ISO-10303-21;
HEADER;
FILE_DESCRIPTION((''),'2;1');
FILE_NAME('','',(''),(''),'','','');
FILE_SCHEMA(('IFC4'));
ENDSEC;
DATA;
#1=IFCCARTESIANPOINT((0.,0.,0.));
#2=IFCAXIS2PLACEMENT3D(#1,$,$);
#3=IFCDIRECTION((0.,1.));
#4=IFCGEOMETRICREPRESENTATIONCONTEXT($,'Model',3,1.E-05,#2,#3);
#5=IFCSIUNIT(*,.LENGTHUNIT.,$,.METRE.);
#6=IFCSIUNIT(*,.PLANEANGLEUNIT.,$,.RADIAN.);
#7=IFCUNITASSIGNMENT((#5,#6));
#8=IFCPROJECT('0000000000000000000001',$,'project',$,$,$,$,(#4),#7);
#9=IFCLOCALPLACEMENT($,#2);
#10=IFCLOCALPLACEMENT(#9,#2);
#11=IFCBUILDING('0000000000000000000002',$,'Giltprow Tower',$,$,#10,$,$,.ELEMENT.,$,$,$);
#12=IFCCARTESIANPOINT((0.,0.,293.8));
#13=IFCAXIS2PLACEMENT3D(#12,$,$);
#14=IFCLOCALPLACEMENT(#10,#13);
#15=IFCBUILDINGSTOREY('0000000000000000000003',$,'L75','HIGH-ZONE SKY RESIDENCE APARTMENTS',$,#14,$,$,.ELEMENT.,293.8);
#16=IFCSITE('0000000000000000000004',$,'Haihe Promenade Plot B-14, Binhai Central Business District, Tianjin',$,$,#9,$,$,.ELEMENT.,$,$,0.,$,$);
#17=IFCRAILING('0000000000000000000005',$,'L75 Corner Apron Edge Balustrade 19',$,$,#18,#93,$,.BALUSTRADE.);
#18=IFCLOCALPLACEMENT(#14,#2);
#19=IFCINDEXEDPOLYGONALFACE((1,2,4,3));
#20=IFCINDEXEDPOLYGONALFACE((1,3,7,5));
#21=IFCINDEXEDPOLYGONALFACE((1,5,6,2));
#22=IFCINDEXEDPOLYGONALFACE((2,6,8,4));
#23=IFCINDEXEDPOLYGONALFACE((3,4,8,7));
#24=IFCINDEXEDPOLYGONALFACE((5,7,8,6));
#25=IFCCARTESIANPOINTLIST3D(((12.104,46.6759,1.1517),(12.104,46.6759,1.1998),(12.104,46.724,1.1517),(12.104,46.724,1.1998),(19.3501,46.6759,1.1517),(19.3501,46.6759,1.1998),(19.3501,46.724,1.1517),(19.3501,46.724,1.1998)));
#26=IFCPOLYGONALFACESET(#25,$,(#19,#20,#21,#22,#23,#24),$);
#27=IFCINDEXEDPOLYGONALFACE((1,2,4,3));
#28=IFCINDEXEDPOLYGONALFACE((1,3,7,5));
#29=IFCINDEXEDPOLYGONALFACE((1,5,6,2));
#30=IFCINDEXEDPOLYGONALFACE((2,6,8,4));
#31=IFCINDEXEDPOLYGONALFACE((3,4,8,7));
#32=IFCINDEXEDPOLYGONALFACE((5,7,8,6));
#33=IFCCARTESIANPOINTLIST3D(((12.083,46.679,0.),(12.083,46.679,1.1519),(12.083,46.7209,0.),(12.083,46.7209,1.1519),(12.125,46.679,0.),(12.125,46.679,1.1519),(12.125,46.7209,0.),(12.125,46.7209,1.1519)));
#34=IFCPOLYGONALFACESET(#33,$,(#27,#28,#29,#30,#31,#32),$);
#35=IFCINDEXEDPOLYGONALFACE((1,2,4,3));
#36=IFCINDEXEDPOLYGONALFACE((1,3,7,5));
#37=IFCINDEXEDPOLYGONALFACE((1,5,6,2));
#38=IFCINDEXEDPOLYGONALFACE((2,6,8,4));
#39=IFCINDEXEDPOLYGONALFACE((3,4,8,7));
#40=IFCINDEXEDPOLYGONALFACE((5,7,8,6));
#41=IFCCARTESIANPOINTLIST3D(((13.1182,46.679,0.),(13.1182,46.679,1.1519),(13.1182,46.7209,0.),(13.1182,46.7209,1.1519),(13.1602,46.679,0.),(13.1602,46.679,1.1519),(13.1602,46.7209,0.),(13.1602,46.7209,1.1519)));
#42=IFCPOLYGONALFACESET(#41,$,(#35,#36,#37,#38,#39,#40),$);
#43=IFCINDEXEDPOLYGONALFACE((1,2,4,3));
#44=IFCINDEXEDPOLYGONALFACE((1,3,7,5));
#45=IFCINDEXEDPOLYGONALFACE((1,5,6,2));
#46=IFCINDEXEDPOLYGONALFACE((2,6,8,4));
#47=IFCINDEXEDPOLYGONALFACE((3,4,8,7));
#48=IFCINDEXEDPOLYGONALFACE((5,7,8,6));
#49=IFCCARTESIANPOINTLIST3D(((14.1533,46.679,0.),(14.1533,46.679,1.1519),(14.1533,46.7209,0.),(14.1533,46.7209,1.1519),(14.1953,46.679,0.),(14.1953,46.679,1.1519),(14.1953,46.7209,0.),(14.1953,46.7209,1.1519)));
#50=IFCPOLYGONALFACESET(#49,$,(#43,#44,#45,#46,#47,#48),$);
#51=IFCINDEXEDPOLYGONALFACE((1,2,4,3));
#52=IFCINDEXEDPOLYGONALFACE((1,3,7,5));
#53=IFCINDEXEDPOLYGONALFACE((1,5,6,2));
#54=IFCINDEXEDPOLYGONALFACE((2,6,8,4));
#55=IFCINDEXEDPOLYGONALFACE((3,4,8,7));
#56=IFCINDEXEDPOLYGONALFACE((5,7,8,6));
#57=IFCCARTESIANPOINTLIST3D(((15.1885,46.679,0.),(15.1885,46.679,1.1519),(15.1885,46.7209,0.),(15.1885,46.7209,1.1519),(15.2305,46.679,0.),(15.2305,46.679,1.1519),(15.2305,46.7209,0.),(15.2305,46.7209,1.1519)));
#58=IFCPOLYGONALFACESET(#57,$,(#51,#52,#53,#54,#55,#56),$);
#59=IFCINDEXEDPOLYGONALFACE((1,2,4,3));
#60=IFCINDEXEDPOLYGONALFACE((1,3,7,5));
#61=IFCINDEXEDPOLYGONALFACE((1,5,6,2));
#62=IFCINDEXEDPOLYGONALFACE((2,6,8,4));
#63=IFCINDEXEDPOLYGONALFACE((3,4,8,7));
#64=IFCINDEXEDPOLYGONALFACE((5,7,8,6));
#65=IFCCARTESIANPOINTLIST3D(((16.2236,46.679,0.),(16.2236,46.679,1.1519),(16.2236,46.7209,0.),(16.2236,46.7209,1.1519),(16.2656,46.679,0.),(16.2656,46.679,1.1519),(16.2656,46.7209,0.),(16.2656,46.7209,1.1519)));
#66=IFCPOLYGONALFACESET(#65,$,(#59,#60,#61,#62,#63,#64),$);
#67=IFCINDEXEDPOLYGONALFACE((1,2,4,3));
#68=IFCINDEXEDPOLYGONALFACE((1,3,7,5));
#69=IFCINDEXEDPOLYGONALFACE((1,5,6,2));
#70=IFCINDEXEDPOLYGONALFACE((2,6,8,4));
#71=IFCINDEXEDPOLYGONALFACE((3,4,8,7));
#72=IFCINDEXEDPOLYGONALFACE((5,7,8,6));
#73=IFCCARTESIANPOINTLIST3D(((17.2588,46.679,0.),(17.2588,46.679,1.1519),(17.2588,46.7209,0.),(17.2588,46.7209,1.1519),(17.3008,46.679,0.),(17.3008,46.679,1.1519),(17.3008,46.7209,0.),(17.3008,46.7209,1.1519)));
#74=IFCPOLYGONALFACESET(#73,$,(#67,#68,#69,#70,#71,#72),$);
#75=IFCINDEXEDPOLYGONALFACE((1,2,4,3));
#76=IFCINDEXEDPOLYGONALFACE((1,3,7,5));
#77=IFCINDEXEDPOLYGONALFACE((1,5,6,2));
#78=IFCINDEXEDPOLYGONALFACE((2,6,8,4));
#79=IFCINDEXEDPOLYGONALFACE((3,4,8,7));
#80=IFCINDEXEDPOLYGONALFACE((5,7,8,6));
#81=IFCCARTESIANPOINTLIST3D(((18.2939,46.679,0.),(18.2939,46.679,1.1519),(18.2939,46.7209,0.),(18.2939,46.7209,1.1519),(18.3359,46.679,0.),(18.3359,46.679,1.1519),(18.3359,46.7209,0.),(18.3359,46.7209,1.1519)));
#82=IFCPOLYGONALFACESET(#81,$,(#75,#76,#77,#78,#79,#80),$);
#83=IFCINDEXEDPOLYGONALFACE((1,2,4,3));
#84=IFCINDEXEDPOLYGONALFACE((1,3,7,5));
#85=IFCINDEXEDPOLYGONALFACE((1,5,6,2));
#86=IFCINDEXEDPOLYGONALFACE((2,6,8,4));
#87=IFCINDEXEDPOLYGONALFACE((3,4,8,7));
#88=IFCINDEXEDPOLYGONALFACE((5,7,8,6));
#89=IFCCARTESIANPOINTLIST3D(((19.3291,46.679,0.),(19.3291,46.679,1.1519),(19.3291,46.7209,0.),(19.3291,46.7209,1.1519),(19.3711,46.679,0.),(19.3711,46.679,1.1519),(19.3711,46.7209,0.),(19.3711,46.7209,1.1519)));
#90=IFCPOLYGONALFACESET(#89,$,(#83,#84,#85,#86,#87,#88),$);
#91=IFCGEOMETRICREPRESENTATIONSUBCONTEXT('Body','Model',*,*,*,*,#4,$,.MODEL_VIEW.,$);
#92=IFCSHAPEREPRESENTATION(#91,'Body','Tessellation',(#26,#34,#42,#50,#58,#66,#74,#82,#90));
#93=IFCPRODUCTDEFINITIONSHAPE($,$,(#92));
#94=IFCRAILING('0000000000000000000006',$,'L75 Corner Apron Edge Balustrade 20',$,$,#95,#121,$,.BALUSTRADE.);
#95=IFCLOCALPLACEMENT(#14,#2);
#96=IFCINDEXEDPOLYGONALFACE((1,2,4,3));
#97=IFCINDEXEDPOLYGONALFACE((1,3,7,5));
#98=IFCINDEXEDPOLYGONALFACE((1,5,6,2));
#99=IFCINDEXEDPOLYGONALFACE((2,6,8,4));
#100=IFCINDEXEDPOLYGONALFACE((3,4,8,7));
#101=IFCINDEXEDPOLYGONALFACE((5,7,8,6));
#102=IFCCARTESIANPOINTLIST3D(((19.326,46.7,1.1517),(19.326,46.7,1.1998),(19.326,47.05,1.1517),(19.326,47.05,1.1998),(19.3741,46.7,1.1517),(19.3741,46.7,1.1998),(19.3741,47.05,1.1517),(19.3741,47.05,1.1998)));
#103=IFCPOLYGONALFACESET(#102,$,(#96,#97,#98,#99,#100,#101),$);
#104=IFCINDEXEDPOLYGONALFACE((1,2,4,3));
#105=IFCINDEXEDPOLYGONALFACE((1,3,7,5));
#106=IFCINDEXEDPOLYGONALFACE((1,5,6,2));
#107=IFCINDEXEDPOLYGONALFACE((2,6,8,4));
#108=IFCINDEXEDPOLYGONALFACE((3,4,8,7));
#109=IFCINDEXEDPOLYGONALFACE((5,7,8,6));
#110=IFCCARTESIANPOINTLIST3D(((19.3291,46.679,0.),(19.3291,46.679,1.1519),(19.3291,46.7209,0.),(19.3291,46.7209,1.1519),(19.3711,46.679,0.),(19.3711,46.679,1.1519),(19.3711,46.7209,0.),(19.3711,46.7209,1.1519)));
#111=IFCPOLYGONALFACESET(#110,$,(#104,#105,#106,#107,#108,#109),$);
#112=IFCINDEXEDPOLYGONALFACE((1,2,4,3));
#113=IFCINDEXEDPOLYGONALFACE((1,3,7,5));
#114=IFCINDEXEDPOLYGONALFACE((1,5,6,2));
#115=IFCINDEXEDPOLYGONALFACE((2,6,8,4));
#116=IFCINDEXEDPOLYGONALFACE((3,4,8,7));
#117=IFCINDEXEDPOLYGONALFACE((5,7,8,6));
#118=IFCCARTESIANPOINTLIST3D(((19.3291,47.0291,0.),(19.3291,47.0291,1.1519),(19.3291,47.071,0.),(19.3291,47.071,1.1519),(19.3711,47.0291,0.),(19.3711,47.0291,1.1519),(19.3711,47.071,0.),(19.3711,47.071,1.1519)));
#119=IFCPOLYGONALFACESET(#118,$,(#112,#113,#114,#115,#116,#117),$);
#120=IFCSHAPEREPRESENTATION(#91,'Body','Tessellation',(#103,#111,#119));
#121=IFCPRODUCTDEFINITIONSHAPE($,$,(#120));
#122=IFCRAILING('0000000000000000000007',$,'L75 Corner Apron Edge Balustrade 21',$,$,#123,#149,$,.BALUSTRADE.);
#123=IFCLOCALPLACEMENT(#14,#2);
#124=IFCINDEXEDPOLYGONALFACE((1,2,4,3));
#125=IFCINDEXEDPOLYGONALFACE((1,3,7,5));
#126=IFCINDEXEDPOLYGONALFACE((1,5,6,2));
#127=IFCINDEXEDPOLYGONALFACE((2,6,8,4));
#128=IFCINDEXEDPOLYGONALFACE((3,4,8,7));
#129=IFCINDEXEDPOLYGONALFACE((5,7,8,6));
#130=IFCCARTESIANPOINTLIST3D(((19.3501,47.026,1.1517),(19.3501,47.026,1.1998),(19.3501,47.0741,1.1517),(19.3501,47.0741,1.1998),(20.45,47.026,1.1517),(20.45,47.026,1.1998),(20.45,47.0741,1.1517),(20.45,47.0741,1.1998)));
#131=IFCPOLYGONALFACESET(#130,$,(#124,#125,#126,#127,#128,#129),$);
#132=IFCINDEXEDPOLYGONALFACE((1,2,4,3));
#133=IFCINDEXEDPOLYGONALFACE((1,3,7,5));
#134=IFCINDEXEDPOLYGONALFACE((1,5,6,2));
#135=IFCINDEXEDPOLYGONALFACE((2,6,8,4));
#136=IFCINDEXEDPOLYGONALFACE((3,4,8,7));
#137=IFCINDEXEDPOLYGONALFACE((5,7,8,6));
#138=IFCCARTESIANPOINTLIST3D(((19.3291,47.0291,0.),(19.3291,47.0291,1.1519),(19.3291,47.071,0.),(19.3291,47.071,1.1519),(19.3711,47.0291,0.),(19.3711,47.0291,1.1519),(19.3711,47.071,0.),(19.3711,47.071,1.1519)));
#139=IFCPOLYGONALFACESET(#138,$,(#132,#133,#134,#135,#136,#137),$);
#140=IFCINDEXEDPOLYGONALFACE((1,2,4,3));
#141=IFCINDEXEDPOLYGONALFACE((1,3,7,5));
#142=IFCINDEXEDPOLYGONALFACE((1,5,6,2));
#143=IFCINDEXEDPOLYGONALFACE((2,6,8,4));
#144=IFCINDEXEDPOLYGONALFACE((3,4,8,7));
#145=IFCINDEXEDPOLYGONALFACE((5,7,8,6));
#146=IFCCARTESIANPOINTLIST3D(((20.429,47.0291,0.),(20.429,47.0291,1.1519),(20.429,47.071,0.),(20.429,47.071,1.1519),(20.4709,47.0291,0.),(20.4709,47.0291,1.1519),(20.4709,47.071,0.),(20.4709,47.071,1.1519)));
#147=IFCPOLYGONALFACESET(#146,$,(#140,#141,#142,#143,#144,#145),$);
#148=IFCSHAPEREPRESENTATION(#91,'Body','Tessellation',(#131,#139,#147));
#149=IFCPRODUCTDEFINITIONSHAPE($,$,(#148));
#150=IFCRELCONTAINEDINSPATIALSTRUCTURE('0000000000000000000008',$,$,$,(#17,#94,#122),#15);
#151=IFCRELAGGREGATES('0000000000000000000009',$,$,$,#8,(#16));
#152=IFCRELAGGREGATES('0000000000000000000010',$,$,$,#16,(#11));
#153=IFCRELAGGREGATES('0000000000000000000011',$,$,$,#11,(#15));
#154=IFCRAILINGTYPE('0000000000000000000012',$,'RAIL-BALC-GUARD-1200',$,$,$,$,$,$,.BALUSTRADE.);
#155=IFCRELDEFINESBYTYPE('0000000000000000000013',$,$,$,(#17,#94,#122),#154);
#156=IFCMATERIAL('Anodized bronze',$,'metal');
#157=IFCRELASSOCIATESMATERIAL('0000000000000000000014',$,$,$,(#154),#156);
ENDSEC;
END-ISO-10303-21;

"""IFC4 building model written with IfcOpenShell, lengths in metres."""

from ifc_helpers import new_model, si_unit, direction, frame, origin, origin_2d, place, context, subcontext, project, spatial, rectangle, extrude, material, type_object, element, save


model = new_model("IFC4")

# Units and contexts
model_context = context("Model", 3, precision=1e-05, world=origin(), true_north=direction((0.0, 1.0)))
body_context = subcontext(model_context, "Body", "Model", "MODEL_VIEW")
ifc_project = project(units=[si_unit("LENGTHUNIT", "METRE"), si_unit("PLANEANGLEUNIT", "RADIAN")], contexts=[model_context])

# Site, building, storey
site_placement = place(None, origin())
site = spatial("IfcSite", under=ifc_project, at=site_placement, Name="Haihe Promenade Plot B-14, Binhai Central Business District, Tianjin", CompositionType="ELEMENT", RefElevation=0.0)
building_placement = place(site_placement, origin())
building = spatial("IfcBuilding", under=site, at=building_placement, Name="Giltprow Tower", CompositionType="ELEMENT")
storey_placement = place(building_placement, frame((0.0, 0.0, 293.8)))
storey = spatial("IfcBuildingStorey", under=building, at=storey_placement, Name="L75", Description="HIGH-ZONE SKY RESIDENCE APARTMENTS", CompositionType="ELEMENT", Elevation=293.8)

# Railings
ifc_material_1 = material(Name="Anodized bronze", Category="metal")
railing_type = type_object("IfcRailingType", Name="RAIL-BALC-GUARD-1200", PredefinedType="BALUSTRADE", material=ifc_material_1)
railing_1_placement = place(storey_placement, frame((12.104, 46.7, 0.0)))
element("IfcRailing", 1, at=railing_1_placement, inside=storey, type_object=railing_type, Name="L75 Corner Apron Edge Balustrade 19", PredefinedType="BALUSTRADE", context=body_context, shape_type="SweptSolid", body=[
    extrude(rectangle(XDim=0.0481, YDim=0.0481, at=origin_2d()), frame((0.0, 0.0, 1.1758), z_axis=(1.0, 0.0, 0.0), x_axis=(0.0, 1.0, 0.0)), (0.0, 0.0, 1.0), 7.2461),
    extrude(rectangle(XDim=0.042, YDim=0.042, at=origin_2d()), origin(), (0.0, 0.0, 1.0), 1.1519),
    extrude(rectangle(XDim=0.042, YDim=0.042, at=origin_2d()), frame((1.0352, 0.0, 0.0)), (0.0, 0.0, 1.0), 1.1519),
    extrude(rectangle(XDim=0.042, YDim=0.042, at=origin_2d()), frame((2.0703, 0.0, 0.0)), (0.0, 0.0, 1.0), 1.1519),
    extrude(rectangle(XDim=0.042, YDim=0.042, at=origin_2d()), frame((3.1055, 0.0, 0.0)), (0.0, 0.0, 1.0), 1.1519),
    extrude(rectangle(XDim=0.042, YDim=0.042, at=origin_2d()), frame((4.1406, 0.0, 0.0)), (0.0, 0.0, 1.0), 1.1519),
    extrude(rectangle(XDim=0.042, YDim=0.042, at=origin_2d()), frame((5.1758, 0.0, 0.0)), (0.0, 0.0, 1.0), 1.1519),
    extrude(rectangle(XDim=0.042, YDim=0.042, at=origin_2d()), frame((6.2109, 0.0, 0.0)), (0.0, 0.0, 1.0), 1.1519),
    extrude(rectangle(XDim=0.042, YDim=0.042, at=origin_2d()), frame((7.2461, 0.0, 0.0)), (0.0, 0.0, 1.0), 1.1519),
])
railing_2_placement = place(storey_placement, frame((19.3501, 46.7, 0.0)))
element("IfcRailing", 2, at=railing_2_placement, inside=storey, type_object=railing_type, Name="L75 Corner Apron Edge Balustrade 20", PredefinedType="BALUSTRADE", context=body_context, shape_type="SweptSolid", body=[
    extrude(rectangle(XDim=0.0481, YDim=0.0481, at=origin_2d()), frame((0.0, 0.0, 1.1758), z_axis=(0.0, 1.0, 0.0), x_axis=(-1.0, 0.0, 0.0)), (0.0, 0.0, 1.0), 0.3501),
    extrude(rectangle(XDim=0.042, YDim=0.042, at=origin_2d()), origin(), (0.0, 0.0, 1.0), 1.1519),
    extrude(rectangle(XDim=0.042, YDim=0.042, at=origin_2d()), frame((0.0, 0.3501, 0.0)), (0.0, 0.0, 1.0), 1.1519),
])
railing_3_placement = place(storey_placement, frame((19.3501, 47.05, 0.0)))
element("IfcRailing", 3, at=railing_3_placement, inside=storey, type_object=railing_type, Name="L75 Corner Apron Edge Balustrade 21", PredefinedType="BALUSTRADE", context=body_context, shape_type="SweptSolid", body=[
    extrude(rectangle(XDim=0.0481, YDim=0.0481, at=origin_2d()), frame((0.0, 0.0, 1.1758), z_axis=(1.0, 0.0, 0.0), x_axis=(0.0, 1.0, 0.0)), (0.0, 0.0, 1.0), 1.0999),
    extrude(rectangle(XDim=0.042, YDim=0.042, at=origin_2d()), origin(), (0.0, 0.0, 1.0), 1.1519),
    extrude(rectangle(XDim=0.042, YDim=0.042, at=origin_2d()), frame((1.0999, 0.0, 0.0)), (0.0, 0.0, 1.0), 1.1519),
])

save(model, "model.ifc")
